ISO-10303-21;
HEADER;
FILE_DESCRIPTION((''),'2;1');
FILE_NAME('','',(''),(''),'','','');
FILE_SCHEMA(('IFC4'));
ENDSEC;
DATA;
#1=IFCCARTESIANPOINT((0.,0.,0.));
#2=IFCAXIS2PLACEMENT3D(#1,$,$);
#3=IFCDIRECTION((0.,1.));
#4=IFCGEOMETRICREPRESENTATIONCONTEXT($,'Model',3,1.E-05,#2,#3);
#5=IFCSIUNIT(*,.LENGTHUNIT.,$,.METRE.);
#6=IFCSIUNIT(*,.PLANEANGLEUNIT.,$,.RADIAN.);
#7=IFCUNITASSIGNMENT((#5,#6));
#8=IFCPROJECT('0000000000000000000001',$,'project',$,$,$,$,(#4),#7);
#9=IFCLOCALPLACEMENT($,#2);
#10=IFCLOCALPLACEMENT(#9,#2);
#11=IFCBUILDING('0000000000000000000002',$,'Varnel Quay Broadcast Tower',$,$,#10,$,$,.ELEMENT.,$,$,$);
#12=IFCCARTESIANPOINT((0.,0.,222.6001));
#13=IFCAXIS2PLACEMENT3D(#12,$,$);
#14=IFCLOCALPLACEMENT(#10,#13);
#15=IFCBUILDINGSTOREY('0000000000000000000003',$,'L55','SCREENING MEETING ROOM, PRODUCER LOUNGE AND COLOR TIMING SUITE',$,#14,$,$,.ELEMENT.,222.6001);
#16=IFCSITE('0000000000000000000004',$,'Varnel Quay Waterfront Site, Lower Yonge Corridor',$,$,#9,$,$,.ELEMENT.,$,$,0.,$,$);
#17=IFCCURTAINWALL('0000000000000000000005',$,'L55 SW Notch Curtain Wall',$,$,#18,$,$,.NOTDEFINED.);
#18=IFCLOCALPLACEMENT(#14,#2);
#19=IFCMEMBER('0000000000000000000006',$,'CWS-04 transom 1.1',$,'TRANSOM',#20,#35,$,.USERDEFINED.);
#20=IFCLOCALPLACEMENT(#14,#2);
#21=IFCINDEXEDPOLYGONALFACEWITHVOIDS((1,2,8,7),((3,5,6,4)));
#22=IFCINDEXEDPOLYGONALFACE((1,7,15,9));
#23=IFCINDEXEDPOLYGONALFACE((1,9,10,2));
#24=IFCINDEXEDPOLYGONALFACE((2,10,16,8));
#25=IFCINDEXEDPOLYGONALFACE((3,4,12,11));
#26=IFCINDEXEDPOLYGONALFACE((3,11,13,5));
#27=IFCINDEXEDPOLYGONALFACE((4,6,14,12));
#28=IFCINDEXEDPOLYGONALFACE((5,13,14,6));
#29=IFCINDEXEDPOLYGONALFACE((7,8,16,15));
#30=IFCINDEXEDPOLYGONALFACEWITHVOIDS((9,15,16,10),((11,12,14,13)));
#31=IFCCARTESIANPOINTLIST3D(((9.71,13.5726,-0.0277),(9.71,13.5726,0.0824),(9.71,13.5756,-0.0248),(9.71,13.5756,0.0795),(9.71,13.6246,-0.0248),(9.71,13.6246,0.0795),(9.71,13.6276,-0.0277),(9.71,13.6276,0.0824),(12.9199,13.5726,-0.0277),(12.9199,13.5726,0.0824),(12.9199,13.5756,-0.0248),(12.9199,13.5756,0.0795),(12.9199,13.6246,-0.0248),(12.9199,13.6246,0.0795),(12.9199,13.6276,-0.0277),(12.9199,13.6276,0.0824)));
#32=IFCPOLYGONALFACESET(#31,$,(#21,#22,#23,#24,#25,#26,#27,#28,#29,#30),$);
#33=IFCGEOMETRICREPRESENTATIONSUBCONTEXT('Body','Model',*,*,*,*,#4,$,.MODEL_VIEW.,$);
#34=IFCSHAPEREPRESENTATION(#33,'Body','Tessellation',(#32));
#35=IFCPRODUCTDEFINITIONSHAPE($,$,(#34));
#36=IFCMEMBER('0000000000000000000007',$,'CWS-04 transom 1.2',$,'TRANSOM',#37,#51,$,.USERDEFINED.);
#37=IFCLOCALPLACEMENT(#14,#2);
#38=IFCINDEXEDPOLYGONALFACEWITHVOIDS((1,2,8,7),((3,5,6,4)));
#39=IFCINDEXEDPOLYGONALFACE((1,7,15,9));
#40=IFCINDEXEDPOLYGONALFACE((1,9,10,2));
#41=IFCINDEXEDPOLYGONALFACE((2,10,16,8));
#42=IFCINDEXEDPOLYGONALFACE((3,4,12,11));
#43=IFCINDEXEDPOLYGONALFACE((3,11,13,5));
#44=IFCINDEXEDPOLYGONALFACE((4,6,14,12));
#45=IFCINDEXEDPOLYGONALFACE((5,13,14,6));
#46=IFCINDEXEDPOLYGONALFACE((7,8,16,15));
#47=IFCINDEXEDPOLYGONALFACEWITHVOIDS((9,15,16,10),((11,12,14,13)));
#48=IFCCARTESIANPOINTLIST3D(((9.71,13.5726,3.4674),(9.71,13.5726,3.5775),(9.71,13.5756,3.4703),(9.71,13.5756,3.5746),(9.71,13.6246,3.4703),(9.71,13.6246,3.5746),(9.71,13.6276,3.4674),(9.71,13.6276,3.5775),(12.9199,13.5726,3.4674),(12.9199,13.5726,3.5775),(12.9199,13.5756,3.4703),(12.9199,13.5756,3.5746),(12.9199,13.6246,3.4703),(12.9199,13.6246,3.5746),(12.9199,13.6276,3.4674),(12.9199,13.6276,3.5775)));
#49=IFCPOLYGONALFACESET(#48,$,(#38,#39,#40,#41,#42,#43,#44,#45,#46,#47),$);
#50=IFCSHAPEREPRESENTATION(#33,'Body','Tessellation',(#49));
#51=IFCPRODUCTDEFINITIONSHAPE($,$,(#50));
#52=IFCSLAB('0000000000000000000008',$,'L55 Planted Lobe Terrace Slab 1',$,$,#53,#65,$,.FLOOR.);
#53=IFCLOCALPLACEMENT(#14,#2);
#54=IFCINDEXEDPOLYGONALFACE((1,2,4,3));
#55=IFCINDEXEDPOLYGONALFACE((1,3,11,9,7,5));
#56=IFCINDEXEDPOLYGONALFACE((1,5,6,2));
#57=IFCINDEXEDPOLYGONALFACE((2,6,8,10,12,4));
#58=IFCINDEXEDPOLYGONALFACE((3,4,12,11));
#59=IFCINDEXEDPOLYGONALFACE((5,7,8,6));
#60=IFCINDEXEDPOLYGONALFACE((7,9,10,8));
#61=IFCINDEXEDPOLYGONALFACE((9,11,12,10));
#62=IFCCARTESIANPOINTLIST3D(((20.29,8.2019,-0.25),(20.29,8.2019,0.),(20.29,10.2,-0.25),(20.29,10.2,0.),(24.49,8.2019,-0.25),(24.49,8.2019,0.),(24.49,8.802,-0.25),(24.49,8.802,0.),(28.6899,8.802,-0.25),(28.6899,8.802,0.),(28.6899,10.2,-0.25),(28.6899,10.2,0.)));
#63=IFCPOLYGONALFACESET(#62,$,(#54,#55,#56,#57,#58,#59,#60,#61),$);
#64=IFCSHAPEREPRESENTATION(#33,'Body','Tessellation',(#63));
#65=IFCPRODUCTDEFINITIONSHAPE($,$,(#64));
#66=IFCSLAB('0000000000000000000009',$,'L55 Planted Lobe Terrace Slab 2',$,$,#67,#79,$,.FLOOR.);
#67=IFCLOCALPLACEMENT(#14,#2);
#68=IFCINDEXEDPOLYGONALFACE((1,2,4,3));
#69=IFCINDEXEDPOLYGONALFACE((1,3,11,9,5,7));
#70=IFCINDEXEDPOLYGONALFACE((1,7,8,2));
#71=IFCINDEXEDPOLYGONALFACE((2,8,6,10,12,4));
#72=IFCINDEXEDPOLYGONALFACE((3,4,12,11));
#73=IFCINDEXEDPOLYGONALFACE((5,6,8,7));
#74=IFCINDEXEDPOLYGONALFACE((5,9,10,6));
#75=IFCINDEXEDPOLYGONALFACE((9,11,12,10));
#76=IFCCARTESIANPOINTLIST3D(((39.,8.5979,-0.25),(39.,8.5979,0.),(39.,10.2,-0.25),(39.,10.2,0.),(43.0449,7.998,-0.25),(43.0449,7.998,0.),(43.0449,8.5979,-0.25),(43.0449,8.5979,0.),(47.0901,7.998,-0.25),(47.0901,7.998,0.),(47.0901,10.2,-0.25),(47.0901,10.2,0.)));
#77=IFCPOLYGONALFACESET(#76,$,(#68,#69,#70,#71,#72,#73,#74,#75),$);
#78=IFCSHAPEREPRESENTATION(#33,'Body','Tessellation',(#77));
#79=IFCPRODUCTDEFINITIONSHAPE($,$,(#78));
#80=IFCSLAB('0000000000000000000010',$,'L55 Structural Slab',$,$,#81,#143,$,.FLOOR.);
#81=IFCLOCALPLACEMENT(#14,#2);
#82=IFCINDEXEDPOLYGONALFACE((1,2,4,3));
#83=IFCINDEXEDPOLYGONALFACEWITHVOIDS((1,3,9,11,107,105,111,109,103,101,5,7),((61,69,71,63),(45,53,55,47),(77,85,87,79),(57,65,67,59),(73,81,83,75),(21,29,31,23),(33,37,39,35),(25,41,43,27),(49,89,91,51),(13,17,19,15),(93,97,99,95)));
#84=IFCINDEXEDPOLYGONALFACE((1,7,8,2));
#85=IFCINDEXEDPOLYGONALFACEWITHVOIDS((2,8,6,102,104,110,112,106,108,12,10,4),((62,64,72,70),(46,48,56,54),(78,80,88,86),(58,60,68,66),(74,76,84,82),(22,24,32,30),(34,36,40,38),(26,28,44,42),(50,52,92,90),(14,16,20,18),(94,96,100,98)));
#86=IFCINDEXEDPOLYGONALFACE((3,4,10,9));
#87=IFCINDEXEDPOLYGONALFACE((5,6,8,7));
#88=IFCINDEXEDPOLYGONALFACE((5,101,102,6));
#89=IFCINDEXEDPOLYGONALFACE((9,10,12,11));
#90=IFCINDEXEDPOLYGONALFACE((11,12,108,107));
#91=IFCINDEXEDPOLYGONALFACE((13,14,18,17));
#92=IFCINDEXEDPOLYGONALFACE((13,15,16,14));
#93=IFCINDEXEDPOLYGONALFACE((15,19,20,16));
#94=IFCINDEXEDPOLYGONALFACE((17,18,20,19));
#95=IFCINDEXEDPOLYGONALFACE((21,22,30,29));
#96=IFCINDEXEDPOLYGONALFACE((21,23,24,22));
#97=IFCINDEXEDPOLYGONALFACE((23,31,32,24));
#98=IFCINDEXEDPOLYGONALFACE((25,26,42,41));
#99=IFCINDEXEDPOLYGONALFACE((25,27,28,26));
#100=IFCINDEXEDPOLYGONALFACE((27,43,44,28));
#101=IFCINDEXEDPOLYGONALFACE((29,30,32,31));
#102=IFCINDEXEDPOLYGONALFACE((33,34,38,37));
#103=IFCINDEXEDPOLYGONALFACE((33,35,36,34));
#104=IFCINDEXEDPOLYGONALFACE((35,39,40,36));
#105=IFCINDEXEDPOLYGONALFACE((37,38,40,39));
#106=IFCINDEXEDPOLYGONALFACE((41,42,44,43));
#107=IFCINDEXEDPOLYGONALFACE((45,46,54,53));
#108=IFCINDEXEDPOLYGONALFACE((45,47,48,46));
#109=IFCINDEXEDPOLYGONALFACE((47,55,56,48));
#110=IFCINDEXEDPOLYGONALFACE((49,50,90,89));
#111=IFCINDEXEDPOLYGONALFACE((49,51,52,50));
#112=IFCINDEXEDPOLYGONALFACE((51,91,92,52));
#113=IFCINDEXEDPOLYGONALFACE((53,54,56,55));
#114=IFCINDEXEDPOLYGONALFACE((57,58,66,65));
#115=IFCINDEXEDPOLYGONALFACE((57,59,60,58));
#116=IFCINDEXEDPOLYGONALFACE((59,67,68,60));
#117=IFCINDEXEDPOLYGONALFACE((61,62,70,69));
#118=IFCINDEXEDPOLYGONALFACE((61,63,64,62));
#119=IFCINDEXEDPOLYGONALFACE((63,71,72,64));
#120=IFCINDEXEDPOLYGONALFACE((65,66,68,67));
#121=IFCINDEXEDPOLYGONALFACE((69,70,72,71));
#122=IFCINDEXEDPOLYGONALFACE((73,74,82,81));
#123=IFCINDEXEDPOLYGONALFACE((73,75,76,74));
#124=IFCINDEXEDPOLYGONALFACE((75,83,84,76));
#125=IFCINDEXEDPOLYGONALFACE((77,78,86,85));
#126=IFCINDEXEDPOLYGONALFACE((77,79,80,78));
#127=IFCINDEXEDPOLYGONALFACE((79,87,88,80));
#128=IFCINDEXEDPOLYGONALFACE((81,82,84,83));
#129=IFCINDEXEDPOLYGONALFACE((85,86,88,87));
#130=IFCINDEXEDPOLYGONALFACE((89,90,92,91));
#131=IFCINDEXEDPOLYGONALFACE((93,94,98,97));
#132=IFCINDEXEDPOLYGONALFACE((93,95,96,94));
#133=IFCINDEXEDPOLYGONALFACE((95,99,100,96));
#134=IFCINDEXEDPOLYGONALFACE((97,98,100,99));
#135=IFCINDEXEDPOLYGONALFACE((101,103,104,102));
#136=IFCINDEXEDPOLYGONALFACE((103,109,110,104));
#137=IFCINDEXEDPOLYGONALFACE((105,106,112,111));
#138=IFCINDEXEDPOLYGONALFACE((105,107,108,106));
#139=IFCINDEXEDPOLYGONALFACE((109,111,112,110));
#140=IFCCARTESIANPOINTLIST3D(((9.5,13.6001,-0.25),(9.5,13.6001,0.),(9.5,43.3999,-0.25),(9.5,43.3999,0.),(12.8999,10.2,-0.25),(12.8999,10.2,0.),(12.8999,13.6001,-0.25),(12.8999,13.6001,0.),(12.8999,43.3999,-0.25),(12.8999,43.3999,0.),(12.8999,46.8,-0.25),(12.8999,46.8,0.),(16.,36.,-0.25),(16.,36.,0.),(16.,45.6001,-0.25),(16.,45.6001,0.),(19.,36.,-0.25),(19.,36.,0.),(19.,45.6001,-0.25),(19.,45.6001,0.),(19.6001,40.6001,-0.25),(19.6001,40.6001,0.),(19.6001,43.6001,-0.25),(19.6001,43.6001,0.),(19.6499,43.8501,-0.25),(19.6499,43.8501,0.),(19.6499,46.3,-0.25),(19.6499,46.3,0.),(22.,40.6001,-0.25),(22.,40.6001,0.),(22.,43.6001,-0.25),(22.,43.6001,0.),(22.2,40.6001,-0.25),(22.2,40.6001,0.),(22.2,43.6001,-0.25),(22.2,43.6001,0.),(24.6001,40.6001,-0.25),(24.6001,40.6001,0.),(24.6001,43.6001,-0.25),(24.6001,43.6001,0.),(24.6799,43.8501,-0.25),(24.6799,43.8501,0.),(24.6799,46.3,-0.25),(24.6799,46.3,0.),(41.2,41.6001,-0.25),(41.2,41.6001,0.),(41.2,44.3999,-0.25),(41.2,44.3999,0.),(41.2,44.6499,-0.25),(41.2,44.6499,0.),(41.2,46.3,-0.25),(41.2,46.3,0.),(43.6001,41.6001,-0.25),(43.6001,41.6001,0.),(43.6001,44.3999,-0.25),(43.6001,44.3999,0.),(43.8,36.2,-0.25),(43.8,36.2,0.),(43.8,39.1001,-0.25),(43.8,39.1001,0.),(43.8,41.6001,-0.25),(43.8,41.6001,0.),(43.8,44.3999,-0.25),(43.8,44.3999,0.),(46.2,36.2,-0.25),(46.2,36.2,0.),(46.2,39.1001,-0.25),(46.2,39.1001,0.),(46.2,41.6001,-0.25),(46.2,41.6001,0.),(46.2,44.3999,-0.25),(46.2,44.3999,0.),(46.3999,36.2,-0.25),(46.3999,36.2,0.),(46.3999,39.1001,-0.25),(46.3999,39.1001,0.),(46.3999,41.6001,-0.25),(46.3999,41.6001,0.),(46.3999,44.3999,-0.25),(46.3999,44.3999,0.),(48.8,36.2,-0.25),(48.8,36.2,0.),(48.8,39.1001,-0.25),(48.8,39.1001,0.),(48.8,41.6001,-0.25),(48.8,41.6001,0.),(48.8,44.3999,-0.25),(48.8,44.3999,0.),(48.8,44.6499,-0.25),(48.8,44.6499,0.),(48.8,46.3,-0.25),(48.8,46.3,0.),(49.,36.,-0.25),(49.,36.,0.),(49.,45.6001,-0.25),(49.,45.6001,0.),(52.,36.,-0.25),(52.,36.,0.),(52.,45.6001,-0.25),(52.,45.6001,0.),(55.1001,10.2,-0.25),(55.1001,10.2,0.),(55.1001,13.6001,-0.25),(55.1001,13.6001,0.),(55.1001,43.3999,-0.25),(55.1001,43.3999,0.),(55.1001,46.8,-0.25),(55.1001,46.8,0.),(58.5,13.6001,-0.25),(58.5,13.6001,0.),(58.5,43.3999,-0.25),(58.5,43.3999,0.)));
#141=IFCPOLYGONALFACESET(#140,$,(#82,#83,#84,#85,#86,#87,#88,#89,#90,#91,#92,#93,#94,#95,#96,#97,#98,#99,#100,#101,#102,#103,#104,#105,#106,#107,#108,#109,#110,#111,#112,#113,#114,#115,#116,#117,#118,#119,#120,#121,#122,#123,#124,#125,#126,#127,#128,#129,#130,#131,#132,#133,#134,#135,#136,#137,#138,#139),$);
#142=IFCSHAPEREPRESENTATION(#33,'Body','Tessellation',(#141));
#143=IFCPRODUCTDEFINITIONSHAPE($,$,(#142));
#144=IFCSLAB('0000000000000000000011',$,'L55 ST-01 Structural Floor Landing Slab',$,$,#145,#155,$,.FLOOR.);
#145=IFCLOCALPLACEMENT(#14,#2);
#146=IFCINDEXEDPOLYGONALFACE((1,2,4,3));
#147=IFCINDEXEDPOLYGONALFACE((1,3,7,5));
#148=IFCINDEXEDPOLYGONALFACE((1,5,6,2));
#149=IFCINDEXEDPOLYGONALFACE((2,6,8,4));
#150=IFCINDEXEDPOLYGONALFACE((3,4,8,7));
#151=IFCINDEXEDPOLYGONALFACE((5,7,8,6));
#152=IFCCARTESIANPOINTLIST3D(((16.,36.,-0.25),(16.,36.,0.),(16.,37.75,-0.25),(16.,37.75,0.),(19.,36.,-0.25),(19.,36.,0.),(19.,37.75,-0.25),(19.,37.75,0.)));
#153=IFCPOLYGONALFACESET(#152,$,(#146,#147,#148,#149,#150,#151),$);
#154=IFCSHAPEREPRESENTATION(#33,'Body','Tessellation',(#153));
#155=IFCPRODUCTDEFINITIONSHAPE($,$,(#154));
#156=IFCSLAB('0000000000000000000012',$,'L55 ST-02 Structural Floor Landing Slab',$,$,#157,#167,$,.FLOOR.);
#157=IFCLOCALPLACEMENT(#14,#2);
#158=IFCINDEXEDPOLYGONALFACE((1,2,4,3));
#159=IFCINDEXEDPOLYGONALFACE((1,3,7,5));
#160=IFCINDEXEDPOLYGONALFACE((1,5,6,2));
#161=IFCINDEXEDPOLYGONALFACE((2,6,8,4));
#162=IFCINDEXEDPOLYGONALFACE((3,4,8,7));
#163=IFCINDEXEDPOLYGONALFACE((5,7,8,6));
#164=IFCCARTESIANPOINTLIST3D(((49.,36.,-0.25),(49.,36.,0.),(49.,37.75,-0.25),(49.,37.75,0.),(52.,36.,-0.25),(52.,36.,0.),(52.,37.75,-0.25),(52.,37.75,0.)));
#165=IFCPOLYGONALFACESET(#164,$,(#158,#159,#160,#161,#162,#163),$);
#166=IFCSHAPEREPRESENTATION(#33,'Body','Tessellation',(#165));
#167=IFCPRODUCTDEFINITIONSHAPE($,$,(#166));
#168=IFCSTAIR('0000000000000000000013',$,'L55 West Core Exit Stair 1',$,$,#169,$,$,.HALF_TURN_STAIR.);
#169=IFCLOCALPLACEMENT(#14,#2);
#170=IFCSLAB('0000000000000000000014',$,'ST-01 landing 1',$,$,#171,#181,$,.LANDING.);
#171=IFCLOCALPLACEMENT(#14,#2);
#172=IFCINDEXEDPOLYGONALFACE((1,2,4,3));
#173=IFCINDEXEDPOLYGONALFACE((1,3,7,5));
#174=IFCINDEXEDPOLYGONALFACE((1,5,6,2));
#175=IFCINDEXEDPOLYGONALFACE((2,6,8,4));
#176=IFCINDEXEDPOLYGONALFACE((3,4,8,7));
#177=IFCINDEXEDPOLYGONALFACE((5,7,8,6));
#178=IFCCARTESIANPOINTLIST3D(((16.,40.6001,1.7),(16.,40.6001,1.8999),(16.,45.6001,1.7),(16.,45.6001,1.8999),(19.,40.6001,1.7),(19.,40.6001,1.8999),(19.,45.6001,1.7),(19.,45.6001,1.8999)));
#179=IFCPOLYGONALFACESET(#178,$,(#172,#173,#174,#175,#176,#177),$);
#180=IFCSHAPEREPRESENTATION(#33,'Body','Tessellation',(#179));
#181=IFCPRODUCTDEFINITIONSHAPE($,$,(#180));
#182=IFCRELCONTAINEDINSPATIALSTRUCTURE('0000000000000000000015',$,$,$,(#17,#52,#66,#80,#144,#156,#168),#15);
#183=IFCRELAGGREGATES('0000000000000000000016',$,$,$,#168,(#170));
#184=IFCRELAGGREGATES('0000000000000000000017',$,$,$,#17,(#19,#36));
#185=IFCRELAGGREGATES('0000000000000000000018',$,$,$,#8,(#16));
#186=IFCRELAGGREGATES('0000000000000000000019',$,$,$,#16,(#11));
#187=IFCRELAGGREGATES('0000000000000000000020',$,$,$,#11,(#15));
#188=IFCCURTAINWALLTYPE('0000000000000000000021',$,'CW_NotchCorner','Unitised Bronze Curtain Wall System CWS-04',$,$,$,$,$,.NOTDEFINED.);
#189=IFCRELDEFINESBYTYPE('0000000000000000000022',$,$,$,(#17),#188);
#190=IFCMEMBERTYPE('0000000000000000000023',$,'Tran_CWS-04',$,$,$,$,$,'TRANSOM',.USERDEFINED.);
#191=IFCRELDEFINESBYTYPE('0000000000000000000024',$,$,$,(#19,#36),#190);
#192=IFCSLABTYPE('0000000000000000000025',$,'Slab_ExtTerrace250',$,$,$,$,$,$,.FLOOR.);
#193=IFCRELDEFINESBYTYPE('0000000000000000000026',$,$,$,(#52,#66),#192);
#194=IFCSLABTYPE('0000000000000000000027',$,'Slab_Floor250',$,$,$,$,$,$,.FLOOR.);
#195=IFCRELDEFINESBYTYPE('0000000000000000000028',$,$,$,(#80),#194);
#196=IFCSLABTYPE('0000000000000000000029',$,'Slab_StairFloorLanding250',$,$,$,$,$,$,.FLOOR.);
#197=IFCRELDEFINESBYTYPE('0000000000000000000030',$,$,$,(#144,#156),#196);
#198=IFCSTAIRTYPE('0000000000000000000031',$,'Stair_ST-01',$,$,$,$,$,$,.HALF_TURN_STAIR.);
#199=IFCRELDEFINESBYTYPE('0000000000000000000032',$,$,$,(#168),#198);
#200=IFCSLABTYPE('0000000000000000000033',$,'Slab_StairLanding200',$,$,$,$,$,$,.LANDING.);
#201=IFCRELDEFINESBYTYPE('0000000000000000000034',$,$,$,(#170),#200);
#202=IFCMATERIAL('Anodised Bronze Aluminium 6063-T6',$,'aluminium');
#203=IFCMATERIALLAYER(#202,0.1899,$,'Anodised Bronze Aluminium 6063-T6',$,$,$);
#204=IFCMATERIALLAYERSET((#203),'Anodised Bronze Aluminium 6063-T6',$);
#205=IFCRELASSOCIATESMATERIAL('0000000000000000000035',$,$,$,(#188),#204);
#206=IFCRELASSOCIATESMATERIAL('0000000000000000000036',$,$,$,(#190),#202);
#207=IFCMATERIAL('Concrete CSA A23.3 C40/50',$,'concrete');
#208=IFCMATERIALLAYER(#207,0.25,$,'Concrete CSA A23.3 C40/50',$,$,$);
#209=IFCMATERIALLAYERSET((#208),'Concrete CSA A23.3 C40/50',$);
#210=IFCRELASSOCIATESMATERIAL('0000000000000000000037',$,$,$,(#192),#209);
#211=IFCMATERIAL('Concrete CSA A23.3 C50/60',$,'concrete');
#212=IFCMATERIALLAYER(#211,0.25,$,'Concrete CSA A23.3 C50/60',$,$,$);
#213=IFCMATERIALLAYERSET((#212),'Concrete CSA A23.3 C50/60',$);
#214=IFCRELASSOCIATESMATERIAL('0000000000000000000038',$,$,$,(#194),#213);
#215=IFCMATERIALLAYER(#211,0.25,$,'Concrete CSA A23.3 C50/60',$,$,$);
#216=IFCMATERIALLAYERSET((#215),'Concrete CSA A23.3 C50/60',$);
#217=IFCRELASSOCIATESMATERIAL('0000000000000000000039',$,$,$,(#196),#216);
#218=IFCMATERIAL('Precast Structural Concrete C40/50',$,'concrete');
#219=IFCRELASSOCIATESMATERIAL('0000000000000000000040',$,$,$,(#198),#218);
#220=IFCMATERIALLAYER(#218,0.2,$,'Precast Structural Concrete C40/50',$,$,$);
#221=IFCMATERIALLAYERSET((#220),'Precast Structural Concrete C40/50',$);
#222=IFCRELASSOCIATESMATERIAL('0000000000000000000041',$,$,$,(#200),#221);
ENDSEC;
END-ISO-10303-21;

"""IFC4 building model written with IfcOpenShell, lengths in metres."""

from ifc_helpers import new_model, si_unit, direction, frame, origin, origin_2d, place, context, subcontext, project, spatial, polyline, hollow_rectangle, outline, extrude, source, transform, mapped, material, layer, layer_set, material_profile, profile_set, type_object, type_shapes, element, aggregate, save


model = new_model("IFC4")

# Units and contexts
model_context = context("Model", 3, precision=1e-05, world=origin(), true_north=direction((0.0, 1.0)))
body_context = subcontext(model_context, "Body", "Model", "MODEL_VIEW")
ifc_project = project(units=[si_unit("LENGTHUNIT", "METRE"), si_unit("PLANEANGLEUNIT", "RADIAN")], contexts=[model_context])

# Site, building, storey
site_placement = place(None, origin())
site = spatial("IfcSite", under=ifc_project, at=site_placement, Name="Varnel Quay Waterfront Site, Lower Yonge Corridor", CompositionType="ELEMENT", RefElevation=0.0)
building_placement = place(site_placement, origin())
building = spatial("IfcBuilding", under=site, at=building_placement, Name="Varnel Quay Broadcast Tower", CompositionType="ELEMENT")
storey_placement = place(building_placement, frame((0.0, 0.0, 222.6001)))
storey = spatial("IfcBuildingStorey", under=building, at=storey_placement, Name="L55", Description="SCREENING MEETING ROOM, PRODUCER LOUNGE AND COLOR TIMING SUITE", CompositionType="ELEMENT", Elevation=222.6001)

# Curtain wall
ifc_material_1 = material(Name="Anodised Bronze Aluminium 6063-T6", Category="aluminium")
ifc_layer_1 = layer(ifc_material_1, 0.1899, Name="Anodised Bronze Aluminium 6063-T6")
ifc_layer_set_1 = layer_set([ifc_layer_1], Name="Anodised Bronze Aluminium 6063-T6")
curtain_wall_type_1 = type_object("IfcCurtainWallType", Name="CW_NotchCorner", Description="Unitised Bronze Curtain Wall System CWS-04", PredefinedType="NOTDEFINED", material=ifc_layer_set_1)
curtain_wall_1_placement = place(storey_placement, origin())
curtain_wall_1 = element("IfcCurtainWall", 1, at=curtain_wall_1_placement, inside=storey, type_object=curtain_wall_type_1, Name="L55 SW Notch Curtain Wall", PredefinedType="NOTDEFINED")

# Members
ifc_material_profile_1 = material_profile(ifc_material_1, hollow_rectangle(XDim=0.0549, YDim=0.1101, WallThickness=0.0029, at=origin_2d()), Name="ALU55X110X3")
ifc_profile_set_1 = profile_set([ifc_material_profile_1], Name="Anodised Bronze Aluminium 6063-T6")
member_type_1 = type_object("IfcMemberType", Name="Tran_CWS-04", ElementType="TRANSOM", PredefinedType="USERDEFINED", material=ifc_profile_set_1)
shared_shape_1 = source(origin(), body_context, "Body", "SweptSolid", [
    extrude(hollow_rectangle(XDim=0.0549, YDim=0.1101, WallThickness=0.0029, at=origin_2d()), origin(), (0.0, 0.0, 1.0), 3.21),
])
type_shapes(member_type_1, [shared_shape_1])
member_1_placement = place(storey_placement, frame((9.71, 13.6001, 0.0273), z_axis=(1.0, 0.0, 0.0), x_axis=(0.0, 1.0, 0.0)))
member_1 = element("IfcMember", 2, at=member_1_placement, type_object=member_type_1, Name="CWS-04 transom 1.1", ObjectType="TRANSOM", PredefinedType="USERDEFINED", context=body_context, shape_type="MappedRepresentation", body=[
    mapped(shared_shape_1, transform((0.0, 0.0, 0.0), x_axis=(1.0, 0.0, 0.0), y_axis=(0.0, 1.0, 0.0), z_axis=(0.0, 0.0, 1.0), scale=1.0)),
])
member_2_placement = place(storey_placement, frame((9.71, 13.6001, 3.5225), z_axis=(1.0, 0.0, 0.0), x_axis=(0.0, 1.0, 0.0)))
member_2 = element("IfcMember", 3, at=member_2_placement, type_object=member_type_1, Name="CWS-04 transom 1.2", ObjectType="TRANSOM", PredefinedType="USERDEFINED", context=body_context, shape_type="MappedRepresentation", body=[
    mapped(shared_shape_1, transform((0.0, 0.0, 0.0), x_axis=(1.0, 0.0, 0.0), y_axis=(0.0, 1.0, 0.0), z_axis=(0.0, 0.0, 1.0), scale=1.0)),
])

# Slabs
ifc_material_2 = material(Name="Concrete CSA A23.3 C40/50", Category="concrete")
ifc_layer_2 = layer(ifc_material_2, 0.25, Name="Concrete CSA A23.3 C40/50")
ifc_layer_set_2 = layer_set([ifc_layer_2], Name="Concrete CSA A23.3 C40/50")
slab_type_1 = type_object("IfcSlabType", Name="Slab_ExtTerrace250", PredefinedType="FLOOR", material=ifc_layer_set_2)
slab_1_placement = place(storey_placement, frame((0.0, 0.0, -0.25)))
element("IfcSlab", 4, at=slab_1_placement, inside=storey, type_object=slab_type_1, Name="L55 Planted Lobe Terrace Slab 1", PredefinedType="FLOOR", context=body_context, shape_type="SweptSolid", body=[
    extrude(outline(polyline([(20.29, 8.2019), (24.49, 8.2019), (24.49, 8.802), (28.6899, 8.802), (28.6899, 10.2), (20.29, 10.2), (20.29, 8.2019)])), origin(), (0.0, 0.0, 1.0), 0.25),
])
slab_2_placement = place(storey_placement, frame((0.0, 0.0, -0.25)))
element("IfcSlab", 5, at=slab_2_placement, inside=storey, type_object=slab_type_1, Name="L55 Planted Lobe Terrace Slab 2", PredefinedType="FLOOR", context=body_context, shape_type="SweptSolid", body=[
    extrude(outline(polyline([(39.0, 8.5979), (43.0449, 8.5979), (43.0449, 7.998), (47.0901, 7.998), (47.0901, 10.2), (39.0, 10.2), (39.0, 8.5979)])), origin(), (0.0, 0.0, 1.0), 0.25),
])
ifc_material_3 = material(Name="Concrete CSA A23.3 C50/60", Category="concrete")
ifc_layer_3 = layer(ifc_material_3, 0.25, Name="Concrete CSA A23.3 C50/60")
ifc_layer_set_3 = layer_set([ifc_layer_3], Name="Concrete CSA A23.3 C50/60")
slab_type_2 = type_object("IfcSlabType", Name="Slab_Floor250", PredefinedType="FLOOR", material=ifc_layer_set_3)
slab_3_placement = place(storey_placement, frame((0.0, 0.0, -0.25)))
element("IfcSlab", 6, at=slab_3_placement, inside=storey, type_object=slab_type_2, Name="L55 Structural Slab", PredefinedType="FLOOR", context=body_context, shape_type="SweptSolid", body=[
    extrude(outline(polyline([(12.8999, 10.2), (55.1001, 10.2), (55.1001, 13.6001), (58.5, 13.6001), (58.5, 43.3999), (55.1001, 43.3999), (55.1001, 46.8), (12.8999, 46.8), (12.8999, 43.3999), (9.5, 43.3999), (9.5, 13.6001), (12.8999, 13.6001), (12.8999, 10.2)]), holes=[polyline([(19.0, 36.0), (16.0, 36.0), (16.0, 45.6001), (19.0, 45.6001), (19.0, 36.0)]), polyline([(19.6001, 40.6001), (19.6001, 43.6001), (22.0, 43.6001), (22.0, 40.6001), (19.6001, 40.6001)]), polyline([(22.2, 40.6001), (22.2, 43.6001), (24.6001, 43.6001), (24.6001, 40.6001), (22.2, 40.6001)]), polyline([(41.2, 44.3999), (43.6001, 44.3999), (43.6001, 41.6001), (41.2, 41.6001), (41.2, 44.3999)]), polyline([(43.8, 44.3999), (46.2, 44.3999), (46.2, 41.6001), (43.8, 41.6001), (43.8, 44.3999)]), polyline([(19.6499, 43.8501), (19.6499, 46.3), (24.6799, 46.3), (24.6799, 43.8501), (19.6499, 43.8501)]), polyline([(43.8, 39.1001), (46.2, 39.1001), (46.2, 36.2), (43.8, 36.2), (43.8, 39.1001)]), polyline([(46.3999, 39.1001), (48.8, 39.1001), (48.8, 36.2), (46.3999, 36.2), (46.3999, 39.1001)]), polyline([(52.0, 36.0), (49.0, 36.0), (49.0, 45.6001), (52.0, 45.6001), (52.0, 36.0)]), polyline([(46.3999, 44.3999), (48.8, 44.3999), (48.8, 41.6001), (46.3999, 41.6001), (46.3999, 44.3999)]), polyline([(41.2, 46.3), (48.8, 46.3), (48.8, 44.6499), (41.2, 44.6499), (41.2, 46.3)])]), origin(), (0.0, 0.0, 1.0), 0.25),
])
ifc_layer_4 = layer(ifc_material_3, 0.25, Name="Concrete CSA A23.3 C50/60")
ifc_layer_set_4 = layer_set([ifc_layer_4], Name="Concrete CSA A23.3 C50/60")
slab_type_3 = type_object("IfcSlabType", Name="Slab_StairFloorLanding250", PredefinedType="FLOOR", material=ifc_layer_set_4)
slab_4_placement = place(storey_placement, frame((0.0, 0.0, -0.25)))
element("IfcSlab", 7, at=slab_4_placement, inside=storey, type_object=slab_type_3, Name="L55 ST-01 Structural Floor Landing Slab", PredefinedType="FLOOR", context=body_context, shape_type="SweptSolid", body=[
    extrude(outline(polyline([(19.0, 36.0), (19.0, 37.75), (16.0, 37.75), (16.0, 36.0), (19.0, 36.0)])), origin(), (0.0, 0.0, 1.0), 0.25),
])
slab_5_placement = place(storey_placement, frame((0.0, 0.0, -0.25)))
element("IfcSlab", 8, at=slab_5_placement, inside=storey, type_object=slab_type_3, Name="L55 ST-02 Structural Floor Landing Slab", PredefinedType="FLOOR", context=body_context, shape_type="SweptSolid", body=[
    extrude(outline(polyline([(52.0, 36.0), (52.0, 37.75), (49.0, 37.75), (49.0, 36.0), (52.0, 36.0)])), origin(), (0.0, 0.0, 1.0), 0.25),
])

# Stair, slab
ifc_material_4 = material(Name="Precast Structural Concrete C40/50", Category="concrete")
stair_type_1 = type_object("IfcStairType", Name="Stair_ST-01", PredefinedType="HALF_TURN_STAIR", material=ifc_material_4)
stair_1_placement = place(storey_placement, origin())
stair_1 = element("IfcStair", 9, at=stair_1_placement, inside=storey, type_object=stair_type_1, Name="L55 West Core Exit Stair 1", PredefinedType="HALF_TURN_STAIR")
ifc_layer_5 = layer(ifc_material_4, 0.2, Name="Precast Structural Concrete C40/50")
ifc_layer_set_5 = layer_set([ifc_layer_5], Name="Precast Structural Concrete C40/50")
slab_type_4 = type_object("IfcSlabType", Name="Slab_StairLanding200", PredefinedType="LANDING", material=ifc_layer_set_5)
slab_6_placement = place(storey_placement, frame((0.0, 0.0, 1.7)))
slab_6 = element("IfcSlab", 10, at=slab_6_placement, type_object=slab_type_4, Name="ST-01 landing 1", PredefinedType="LANDING", context=body_context, shape_type="SweptSolid", body=[
    extrude(outline(polyline([(19.0, 40.6001), (19.0, 45.6001), (16.0, 45.6001), (16.0, 40.6001), (19.0, 40.6001)])), origin(), (0.0, 0.0, 1.0), 0.2),
])
aggregate(stair_1, [slab_6])

aggregate(curtain_wall_1, [member_1, member_2])

save(model, "model.ifc")
